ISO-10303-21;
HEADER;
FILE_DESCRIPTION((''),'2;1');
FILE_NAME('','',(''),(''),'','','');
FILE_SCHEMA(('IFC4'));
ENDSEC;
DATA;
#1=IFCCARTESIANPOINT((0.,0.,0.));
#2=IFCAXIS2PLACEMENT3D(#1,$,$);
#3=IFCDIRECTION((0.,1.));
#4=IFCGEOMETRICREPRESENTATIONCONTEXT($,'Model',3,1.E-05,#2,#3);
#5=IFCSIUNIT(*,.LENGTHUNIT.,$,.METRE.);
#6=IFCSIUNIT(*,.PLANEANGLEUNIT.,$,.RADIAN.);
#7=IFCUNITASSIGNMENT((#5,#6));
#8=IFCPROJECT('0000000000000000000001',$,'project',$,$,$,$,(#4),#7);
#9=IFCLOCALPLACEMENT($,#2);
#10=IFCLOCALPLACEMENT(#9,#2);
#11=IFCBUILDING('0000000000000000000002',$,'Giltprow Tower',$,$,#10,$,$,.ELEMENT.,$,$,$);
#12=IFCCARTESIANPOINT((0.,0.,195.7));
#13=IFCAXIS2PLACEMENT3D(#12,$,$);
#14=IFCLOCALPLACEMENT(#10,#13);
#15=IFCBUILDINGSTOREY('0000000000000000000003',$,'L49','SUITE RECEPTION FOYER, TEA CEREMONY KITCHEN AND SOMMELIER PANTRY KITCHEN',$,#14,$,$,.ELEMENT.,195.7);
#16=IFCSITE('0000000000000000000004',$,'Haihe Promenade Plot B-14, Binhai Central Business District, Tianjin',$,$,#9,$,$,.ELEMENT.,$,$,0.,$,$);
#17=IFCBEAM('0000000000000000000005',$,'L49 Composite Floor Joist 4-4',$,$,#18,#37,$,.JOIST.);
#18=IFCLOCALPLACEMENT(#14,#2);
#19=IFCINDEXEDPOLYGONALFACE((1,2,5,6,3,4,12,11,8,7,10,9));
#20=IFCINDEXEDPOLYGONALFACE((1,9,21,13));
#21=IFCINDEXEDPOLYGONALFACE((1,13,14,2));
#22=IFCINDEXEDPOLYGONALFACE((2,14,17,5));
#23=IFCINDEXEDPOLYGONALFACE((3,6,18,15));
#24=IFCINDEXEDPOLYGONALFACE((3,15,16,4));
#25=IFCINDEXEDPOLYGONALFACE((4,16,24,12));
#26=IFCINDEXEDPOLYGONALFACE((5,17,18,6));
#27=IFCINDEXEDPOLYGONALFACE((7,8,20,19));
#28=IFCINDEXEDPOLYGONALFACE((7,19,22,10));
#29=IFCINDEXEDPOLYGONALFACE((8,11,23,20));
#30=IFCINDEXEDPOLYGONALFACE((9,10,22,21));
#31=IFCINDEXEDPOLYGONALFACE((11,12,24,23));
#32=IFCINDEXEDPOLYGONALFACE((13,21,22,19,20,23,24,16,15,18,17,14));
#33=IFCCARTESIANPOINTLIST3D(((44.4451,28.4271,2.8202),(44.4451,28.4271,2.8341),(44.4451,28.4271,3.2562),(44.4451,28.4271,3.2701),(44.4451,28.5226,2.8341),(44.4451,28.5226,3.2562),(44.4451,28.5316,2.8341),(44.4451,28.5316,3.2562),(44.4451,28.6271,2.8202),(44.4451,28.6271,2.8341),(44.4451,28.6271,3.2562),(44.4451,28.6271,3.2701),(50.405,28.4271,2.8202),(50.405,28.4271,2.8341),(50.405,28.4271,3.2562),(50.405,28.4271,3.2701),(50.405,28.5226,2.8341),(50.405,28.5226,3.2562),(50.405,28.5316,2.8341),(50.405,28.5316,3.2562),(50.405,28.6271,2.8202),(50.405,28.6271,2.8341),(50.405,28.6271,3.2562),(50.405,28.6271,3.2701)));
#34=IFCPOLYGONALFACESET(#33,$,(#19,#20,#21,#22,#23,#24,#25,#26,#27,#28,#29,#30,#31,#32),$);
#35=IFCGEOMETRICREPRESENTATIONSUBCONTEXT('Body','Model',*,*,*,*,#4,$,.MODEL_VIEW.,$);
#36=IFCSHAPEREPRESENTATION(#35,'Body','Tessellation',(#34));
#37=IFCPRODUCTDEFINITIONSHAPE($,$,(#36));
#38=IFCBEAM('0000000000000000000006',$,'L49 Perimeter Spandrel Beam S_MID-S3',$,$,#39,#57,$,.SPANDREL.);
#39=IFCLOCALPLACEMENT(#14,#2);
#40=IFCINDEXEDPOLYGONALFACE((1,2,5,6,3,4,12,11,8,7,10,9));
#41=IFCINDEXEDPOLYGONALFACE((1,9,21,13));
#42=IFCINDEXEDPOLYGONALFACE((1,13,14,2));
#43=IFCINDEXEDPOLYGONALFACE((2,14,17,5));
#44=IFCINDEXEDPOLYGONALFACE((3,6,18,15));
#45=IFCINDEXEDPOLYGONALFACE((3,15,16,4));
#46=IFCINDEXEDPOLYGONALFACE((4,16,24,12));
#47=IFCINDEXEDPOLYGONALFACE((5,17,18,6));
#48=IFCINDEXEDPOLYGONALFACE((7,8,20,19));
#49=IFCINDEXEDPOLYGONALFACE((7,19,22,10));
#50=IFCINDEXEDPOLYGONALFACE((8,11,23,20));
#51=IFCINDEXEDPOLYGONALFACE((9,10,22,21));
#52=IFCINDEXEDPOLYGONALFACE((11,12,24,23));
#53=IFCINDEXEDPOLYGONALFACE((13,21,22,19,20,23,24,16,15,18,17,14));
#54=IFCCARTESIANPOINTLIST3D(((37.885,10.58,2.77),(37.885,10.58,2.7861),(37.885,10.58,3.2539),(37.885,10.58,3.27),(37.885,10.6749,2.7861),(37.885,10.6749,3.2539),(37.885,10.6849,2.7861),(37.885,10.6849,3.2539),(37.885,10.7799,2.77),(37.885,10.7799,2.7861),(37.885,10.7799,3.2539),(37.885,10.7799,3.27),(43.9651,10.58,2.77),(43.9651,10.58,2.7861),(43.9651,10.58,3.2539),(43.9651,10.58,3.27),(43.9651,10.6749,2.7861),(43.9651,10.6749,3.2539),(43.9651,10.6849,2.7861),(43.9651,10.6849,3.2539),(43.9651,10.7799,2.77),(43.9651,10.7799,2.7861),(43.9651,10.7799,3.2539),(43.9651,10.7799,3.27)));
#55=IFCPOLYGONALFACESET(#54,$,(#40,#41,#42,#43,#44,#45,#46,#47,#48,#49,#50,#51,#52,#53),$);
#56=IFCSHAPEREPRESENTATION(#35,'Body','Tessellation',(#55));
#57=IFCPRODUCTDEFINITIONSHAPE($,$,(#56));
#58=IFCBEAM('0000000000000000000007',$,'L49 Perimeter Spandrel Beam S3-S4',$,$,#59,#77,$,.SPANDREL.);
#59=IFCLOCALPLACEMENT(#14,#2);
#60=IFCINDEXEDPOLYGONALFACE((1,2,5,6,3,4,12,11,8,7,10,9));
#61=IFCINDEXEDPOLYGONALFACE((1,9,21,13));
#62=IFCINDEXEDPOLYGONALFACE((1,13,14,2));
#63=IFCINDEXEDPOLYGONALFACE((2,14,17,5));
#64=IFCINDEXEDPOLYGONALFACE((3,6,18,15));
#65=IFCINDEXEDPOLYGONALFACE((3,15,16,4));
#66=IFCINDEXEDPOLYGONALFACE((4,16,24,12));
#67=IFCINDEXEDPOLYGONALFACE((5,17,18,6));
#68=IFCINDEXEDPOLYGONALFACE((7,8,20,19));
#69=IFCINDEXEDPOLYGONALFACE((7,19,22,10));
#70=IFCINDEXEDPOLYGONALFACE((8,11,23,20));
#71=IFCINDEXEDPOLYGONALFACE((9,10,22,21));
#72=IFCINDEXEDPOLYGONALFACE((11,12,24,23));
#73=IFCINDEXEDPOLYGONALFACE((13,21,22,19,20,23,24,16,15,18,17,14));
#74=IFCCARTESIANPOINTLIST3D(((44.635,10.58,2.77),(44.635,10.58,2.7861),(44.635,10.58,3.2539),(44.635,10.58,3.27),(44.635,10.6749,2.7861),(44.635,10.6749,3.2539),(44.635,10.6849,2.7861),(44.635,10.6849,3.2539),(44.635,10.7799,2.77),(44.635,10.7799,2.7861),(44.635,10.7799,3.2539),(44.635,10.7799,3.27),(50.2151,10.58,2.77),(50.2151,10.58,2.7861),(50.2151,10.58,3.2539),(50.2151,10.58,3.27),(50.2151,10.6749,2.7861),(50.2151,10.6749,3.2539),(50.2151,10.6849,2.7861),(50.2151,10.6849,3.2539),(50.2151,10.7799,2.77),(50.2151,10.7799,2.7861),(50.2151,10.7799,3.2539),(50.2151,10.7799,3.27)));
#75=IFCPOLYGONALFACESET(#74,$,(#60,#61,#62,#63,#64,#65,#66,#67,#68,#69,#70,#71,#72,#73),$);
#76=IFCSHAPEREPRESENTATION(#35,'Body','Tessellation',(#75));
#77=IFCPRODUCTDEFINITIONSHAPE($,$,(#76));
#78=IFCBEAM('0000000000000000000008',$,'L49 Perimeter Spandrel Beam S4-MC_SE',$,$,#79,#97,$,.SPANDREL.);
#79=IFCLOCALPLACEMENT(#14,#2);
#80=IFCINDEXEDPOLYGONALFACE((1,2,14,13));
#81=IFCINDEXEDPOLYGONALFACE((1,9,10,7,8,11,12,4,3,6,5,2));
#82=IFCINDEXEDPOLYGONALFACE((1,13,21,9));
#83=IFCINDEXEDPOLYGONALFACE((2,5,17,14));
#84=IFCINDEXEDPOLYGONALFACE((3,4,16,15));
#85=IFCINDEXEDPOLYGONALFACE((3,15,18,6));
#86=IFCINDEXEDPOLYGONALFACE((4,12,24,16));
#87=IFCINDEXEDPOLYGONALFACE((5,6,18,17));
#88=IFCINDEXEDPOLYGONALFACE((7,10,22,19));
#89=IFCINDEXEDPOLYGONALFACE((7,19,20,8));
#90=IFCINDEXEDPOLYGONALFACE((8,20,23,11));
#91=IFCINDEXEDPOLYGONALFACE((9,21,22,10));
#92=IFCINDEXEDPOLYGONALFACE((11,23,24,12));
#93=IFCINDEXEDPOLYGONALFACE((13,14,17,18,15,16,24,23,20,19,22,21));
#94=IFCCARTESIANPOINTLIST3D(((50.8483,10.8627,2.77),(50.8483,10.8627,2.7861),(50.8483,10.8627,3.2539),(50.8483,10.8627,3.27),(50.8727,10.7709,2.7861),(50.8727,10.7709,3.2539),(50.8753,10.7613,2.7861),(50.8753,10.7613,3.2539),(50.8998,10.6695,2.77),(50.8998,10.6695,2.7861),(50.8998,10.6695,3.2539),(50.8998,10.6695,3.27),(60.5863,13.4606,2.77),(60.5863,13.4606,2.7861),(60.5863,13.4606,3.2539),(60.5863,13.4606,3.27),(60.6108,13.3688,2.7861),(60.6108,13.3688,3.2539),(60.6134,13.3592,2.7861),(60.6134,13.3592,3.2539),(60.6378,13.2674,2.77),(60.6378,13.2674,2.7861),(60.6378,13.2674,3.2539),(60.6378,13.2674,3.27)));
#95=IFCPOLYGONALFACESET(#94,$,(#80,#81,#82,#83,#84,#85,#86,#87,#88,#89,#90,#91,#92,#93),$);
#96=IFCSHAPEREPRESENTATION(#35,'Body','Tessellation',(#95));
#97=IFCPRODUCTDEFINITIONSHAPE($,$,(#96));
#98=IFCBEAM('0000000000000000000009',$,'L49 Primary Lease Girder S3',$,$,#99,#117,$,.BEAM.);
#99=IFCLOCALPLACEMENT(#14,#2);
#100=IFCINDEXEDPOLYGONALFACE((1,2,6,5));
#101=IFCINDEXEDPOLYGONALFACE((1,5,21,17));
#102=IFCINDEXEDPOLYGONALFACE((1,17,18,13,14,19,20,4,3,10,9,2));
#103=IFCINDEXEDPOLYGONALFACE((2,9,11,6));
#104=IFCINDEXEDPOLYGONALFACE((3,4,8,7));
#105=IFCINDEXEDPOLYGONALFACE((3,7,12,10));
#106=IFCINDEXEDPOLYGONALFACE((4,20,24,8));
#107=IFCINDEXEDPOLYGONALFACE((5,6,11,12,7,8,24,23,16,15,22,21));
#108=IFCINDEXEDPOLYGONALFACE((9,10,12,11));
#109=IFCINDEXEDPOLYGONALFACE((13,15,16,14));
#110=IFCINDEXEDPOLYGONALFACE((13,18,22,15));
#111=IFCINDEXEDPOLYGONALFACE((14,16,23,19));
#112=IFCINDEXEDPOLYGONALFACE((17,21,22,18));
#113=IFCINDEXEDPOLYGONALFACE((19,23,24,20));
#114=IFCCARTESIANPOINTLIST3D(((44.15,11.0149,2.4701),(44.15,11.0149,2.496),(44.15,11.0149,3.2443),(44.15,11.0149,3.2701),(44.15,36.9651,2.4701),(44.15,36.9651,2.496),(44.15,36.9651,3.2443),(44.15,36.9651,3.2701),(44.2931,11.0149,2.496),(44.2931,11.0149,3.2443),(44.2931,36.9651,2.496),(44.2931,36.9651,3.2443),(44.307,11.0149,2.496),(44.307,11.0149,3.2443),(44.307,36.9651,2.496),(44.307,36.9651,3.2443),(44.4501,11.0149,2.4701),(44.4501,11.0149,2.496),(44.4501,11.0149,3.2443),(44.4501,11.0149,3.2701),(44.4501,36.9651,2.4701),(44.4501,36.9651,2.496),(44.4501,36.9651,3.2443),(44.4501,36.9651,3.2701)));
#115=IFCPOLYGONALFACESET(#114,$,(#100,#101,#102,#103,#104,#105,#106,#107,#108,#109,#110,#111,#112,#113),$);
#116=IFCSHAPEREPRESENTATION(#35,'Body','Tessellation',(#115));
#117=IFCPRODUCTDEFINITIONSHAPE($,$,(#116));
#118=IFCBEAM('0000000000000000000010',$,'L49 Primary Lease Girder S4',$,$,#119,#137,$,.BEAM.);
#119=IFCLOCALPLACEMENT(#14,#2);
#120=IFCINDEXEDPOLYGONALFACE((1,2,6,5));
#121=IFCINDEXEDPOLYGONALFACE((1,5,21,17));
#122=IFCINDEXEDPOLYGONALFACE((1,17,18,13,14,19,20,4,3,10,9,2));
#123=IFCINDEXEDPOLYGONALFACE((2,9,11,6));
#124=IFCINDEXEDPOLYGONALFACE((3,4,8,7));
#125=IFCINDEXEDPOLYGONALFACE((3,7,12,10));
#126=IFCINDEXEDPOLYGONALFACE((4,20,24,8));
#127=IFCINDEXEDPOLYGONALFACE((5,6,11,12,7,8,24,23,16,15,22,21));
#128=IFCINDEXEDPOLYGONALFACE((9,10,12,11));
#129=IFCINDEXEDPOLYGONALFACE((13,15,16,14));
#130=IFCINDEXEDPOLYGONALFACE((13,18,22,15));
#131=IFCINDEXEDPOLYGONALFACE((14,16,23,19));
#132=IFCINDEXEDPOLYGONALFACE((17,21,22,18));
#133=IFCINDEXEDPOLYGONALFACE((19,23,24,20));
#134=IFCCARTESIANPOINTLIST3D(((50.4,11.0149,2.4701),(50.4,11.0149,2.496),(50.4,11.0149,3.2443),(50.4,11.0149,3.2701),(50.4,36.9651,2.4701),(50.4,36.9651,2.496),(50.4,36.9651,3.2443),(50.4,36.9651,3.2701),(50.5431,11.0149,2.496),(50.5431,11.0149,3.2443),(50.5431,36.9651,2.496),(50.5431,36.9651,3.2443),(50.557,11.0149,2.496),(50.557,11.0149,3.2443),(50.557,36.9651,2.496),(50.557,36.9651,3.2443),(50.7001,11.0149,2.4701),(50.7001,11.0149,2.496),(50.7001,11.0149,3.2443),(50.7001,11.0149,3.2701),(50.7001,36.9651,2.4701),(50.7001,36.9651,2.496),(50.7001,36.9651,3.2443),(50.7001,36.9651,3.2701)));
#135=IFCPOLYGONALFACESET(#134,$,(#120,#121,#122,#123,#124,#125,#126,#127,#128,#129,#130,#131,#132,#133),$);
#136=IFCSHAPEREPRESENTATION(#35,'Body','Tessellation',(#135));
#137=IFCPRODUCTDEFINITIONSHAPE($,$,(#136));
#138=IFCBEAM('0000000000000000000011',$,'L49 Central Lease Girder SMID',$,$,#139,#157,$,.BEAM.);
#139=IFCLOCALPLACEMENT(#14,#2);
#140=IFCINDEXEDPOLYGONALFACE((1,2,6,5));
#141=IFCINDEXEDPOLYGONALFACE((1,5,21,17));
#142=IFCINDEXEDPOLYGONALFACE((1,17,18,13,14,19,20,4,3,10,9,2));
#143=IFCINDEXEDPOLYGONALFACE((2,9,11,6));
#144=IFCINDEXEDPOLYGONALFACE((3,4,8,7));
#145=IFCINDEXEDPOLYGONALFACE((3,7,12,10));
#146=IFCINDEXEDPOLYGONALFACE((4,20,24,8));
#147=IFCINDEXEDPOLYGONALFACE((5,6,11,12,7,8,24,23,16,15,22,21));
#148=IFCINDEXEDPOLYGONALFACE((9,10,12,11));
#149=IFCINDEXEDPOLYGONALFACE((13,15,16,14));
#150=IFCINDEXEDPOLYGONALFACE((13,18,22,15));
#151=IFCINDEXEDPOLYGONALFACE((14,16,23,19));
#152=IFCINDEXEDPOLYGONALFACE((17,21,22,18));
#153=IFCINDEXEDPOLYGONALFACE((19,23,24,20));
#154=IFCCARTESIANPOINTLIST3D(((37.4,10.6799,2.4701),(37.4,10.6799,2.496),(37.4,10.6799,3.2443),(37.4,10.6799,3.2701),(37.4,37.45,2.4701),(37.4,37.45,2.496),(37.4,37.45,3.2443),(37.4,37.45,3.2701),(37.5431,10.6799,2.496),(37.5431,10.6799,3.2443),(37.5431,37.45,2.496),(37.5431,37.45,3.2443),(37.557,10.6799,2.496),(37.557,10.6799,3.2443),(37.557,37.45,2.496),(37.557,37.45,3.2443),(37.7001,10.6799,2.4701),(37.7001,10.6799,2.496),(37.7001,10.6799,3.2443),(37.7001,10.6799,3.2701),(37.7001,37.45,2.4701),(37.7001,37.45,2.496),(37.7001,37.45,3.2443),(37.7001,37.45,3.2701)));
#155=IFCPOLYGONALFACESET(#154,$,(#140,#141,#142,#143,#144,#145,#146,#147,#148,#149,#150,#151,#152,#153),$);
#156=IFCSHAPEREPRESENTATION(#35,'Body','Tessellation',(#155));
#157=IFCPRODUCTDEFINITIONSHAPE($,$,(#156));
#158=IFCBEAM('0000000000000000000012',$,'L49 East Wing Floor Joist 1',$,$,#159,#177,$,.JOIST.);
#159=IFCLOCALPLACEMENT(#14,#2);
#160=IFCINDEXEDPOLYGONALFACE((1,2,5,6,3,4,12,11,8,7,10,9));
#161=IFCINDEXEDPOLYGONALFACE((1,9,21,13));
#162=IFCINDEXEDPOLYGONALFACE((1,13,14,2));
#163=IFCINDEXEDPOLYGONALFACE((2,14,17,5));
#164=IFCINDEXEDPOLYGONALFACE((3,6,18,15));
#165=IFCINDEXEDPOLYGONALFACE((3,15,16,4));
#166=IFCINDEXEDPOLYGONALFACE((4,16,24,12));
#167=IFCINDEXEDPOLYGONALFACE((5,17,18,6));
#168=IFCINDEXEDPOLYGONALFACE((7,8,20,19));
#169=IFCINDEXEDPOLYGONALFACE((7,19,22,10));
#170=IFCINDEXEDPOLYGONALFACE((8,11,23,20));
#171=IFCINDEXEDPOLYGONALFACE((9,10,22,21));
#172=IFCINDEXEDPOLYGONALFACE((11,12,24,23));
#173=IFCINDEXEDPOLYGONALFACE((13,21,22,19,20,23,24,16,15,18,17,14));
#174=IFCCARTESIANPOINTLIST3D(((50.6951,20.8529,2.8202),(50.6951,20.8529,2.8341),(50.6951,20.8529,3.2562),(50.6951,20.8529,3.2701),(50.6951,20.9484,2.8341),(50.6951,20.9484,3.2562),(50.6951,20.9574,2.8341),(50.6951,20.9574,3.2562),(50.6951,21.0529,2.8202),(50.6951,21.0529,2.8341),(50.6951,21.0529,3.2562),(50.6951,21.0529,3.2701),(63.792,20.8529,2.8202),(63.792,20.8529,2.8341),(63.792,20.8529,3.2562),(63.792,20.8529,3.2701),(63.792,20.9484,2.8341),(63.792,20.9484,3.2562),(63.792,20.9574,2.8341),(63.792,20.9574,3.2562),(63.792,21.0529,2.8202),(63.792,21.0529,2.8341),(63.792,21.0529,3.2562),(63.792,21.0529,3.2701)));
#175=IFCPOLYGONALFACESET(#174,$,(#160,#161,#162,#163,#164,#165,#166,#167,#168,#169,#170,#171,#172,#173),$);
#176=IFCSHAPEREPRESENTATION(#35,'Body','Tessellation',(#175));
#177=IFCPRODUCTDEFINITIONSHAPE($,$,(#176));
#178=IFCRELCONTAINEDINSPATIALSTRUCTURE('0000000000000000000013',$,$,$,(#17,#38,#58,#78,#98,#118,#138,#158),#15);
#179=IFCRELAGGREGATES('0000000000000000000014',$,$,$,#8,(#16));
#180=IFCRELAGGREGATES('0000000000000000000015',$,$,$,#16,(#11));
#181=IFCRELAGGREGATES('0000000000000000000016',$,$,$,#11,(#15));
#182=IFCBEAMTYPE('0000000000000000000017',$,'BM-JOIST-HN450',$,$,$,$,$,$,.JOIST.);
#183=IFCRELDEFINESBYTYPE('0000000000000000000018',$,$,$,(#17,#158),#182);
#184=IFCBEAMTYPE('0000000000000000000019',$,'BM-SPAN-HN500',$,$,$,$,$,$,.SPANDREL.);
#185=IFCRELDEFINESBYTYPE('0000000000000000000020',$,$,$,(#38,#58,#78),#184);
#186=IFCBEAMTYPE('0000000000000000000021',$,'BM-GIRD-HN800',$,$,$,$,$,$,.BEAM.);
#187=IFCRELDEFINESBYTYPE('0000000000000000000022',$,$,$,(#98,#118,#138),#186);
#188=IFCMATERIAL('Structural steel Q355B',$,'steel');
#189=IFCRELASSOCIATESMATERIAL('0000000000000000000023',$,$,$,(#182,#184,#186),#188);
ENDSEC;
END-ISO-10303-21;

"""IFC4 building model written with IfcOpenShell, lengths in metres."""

from ifc_helpers import new_model, si_unit, direction, frame, origin, origin_2d, place, context, subcontext, project, spatial, i_section, extrude, source, transform, mapped, material, material_profile, profile_set, type_object, element, save


model = new_model("IFC4")

# Units and contexts
model_context = context("Model", 3, precision=1e-05, world=origin(), true_north=direction((0.0, 1.0)))
body_context = subcontext(model_context, "Body", "Model", "MODEL_VIEW")
ifc_project = project(units=[si_unit("LENGTHUNIT", "METRE"), si_unit("PLANEANGLEUNIT", "RADIAN")], contexts=[model_context])

# Site, building, storey
site_placement = place(None, origin())
site = spatial("IfcSite", under=ifc_project, at=site_placement, Name="Haihe Promenade Plot B-14, Binhai Central Business District, Tianjin", CompositionType="ELEMENT", RefElevation=0.0)
building_placement = place(site_placement, origin())
building = spatial("IfcBuilding", under=site, at=building_placement, Name="Giltprow Tower", CompositionType="ELEMENT")
storey_placement = place(building_placement, frame((0.0, 0.0, 195.7)))
storey = spatial("IfcBuildingStorey", under=building, at=storey_placement, Name="L49", Description="SUITE RECEPTION FOYER, TEA CEREMONY KITCHEN AND SOMMELIER PANTRY KITCHEN", CompositionType="ELEMENT", Elevation=195.7)

# Beams
ifc_material_1 = material(Name="Structural steel Q355B", Category="steel")
ifc_material_profile_1 = material_profile(ifc_material_1, i_section(OverallWidth=0.2, OverallDepth=0.45, WebThickness=0.009, FlangeThickness=0.0139, at=origin_2d()), Name="HN 450x200x9x14")
ifc_profile_set_1 = profile_set([ifc_material_profile_1], Name="Structural steel Q355B")
beam_type_1 = type_object("IfcBeamType", Name="BM-JOIST-HN450", PredefinedType="JOIST", material=ifc_profile_set_1)
shared_shape_1 = source(origin(), body_context, "Body", "SweptSolid", [
    extrude(i_section(OverallWidth=0.2, OverallDepth=0.45, WebThickness=0.009, FlangeThickness=0.0139, at=origin_2d()), origin(), (0.0, 0.0, 1.0), 5.96),
])
for number, where, z_axis, x_axis, name in (
    (1, (44.4451, 28.5271, 3.0452), (1.0, 0.0, 0.0), (0.0, 1.0, 0.0), "L49 Composite Floor Joist 4-4"),
):
    element("IfcBeam", number, at=place(storey_placement, frame(where, z_axis=z_axis, x_axis=x_axis)), inside=storey, type_object=beam_type_1, Name=name, PredefinedType="JOIST", context=body_context, shape_type="MappedRepresentation", body=[
        mapped(shared_shape_1, transform((0.0, 0.0, 0.0), x_axis=(1.0, 0.0, 0.0), y_axis=(0.0, 1.0, 0.0), z_axis=(0.0, 0.0, 1.0), scale=1.0)),
    ])
ifc_material_profile_2 = material_profile(ifc_material_1, i_section(OverallWidth=0.2, OverallDepth=0.5, WebThickness=0.01, FlangeThickness=0.0161, at=origin_2d()), Name="HN 500x200x10x16")
ifc_profile_set_2 = profile_set([ifc_material_profile_2], Name="Structural steel Q355B")
beam_type_2 = type_object("IfcBeamType", Name="BM-SPAN-HN500", PredefinedType="SPANDREL", material=ifc_profile_set_2)
shared_shape_2 = source(origin(), body_context, "Body", "SweptSolid", [
    extrude(i_section(OverallWidth=0.2, OverallDepth=0.5, WebThickness=0.01, FlangeThickness=0.0161, at=origin_2d()), origin(), (0.0, 0.0, 1.0), 6.0801),
])
beam_1_placement = place(storey_placement, frame((37.885, 10.6799, 3.02), z_axis=(1.0, 0.0, 0.0), x_axis=(0.0, 1.0, 0.0)))
element("IfcBeam", 2, at=beam_1_placement, inside=storey, type_object=beam_type_2, Name="L49 Perimeter Spandrel Beam S_MID-S3", PredefinedType="SPANDREL", context=body_context, shape_type="MappedRepresentation", body=[
    mapped(shared_shape_2, transform((0.0, 0.0, 0.0), x_axis=(1.0, 0.0, 0.0), y_axis=(0.0, 1.0, 0.0), z_axis=(0.0, 0.0, 1.0), scale=1.0)),
])
shared_shape_3 = source(origin(), body_context, "Body", "SweptSolid", [
    extrude(i_section(OverallWidth=0.2, OverallDepth=0.5, WebThickness=0.01, FlangeThickness=0.0161, at=origin_2d()), origin(), (0.0, 0.0, 1.0), 5.5801),
])
beam_2_placement = place(storey_placement, frame((44.635, 10.6799, 3.02), z_axis=(1.0, 0.0, 0.0), x_axis=(0.0, 1.0, 0.0)))
element("IfcBeam", 3, at=beam_2_placement, inside=storey, type_object=beam_type_2, Name="L49 Perimeter Spandrel Beam S3-S4", PredefinedType="SPANDREL", context=body_context, shape_type="MappedRepresentation", body=[
    mapped(shared_shape_3, transform((0.0, 0.0, 0.0), x_axis=(1.0, 0.0, 0.0), y_axis=(0.0, 1.0, 0.0), z_axis=(0.0, 0.0, 1.0), scale=1.0)),
])
shared_shape_4 = source(origin(), body_context, "Body", "SweptSolid", [
    extrude(i_section(OverallWidth=0.2, OverallDepth=0.5, WebThickness=0.01, FlangeThickness=0.0161, at=origin_2d()), origin(), (0.0, 0.0, 1.0), 10.0786),
])
beam_3_placement = place(storey_placement, frame((50.874, 10.7661, 3.02), z_axis=(0.966208, 0.257764, 0.0), x_axis=(-0.257764, 0.966208, 0.0)))
element("IfcBeam", 4, at=beam_3_placement, inside=storey, type_object=beam_type_2, Name="L49 Perimeter Spandrel Beam S4-MC_SE", PredefinedType="SPANDREL", context=body_context, shape_type="MappedRepresentation", body=[
    mapped(shared_shape_4, transform((0.0, 0.0, 0.0), x_axis=(1.0, 0.0, 0.0), y_axis=(0.0, 1.0, 0.0), z_axis=(0.0, 0.0, 1.0), scale=1.0)),
])
ifc_material_profile_3 = material_profile(ifc_material_1, i_section(OverallWidth=0.3, OverallDepth=0.8, WebThickness=0.0139, FlangeThickness=0.0259, at=origin_2d()), Name="HN 800x300x14x26")
ifc_profile_set_3 = profile_set([ifc_material_profile_3], Name="Structural steel Q355B")
beam_type_3 = type_object("IfcBeamType", Name="BM-GIRD-HN800", PredefinedType="BEAM", material=ifc_profile_set_3)
shared_shape_5 = source(origin(), body_context, "Body", "SweptSolid", [
    extrude(i_section(OverallWidth=0.3, OverallDepth=0.8, WebThickness=0.0139, FlangeThickness=0.0259, at=origin_2d()), origin(), (0.0, 0.0, 1.0), 25.9502),
])
for number, where, z_axis, x_axis, name in (
    (5, (44.3, 11.0149, 2.8701), (0.0, 1.0, 0.0), (-1.0, 0.0, 0.0), "L49 Primary Lease Girder S3"),
    (6, (50.55, 11.0149, 2.8701), (0.0, 1.0, 0.0), (-1.0, 0.0, 0.0), "L49 Primary Lease Girder S4"),
):
    element("IfcBeam", number, at=place(storey_placement, frame(where, z_axis=z_axis, x_axis=x_axis)), inside=storey, type_object=beam_type_3, Name=name, PredefinedType="BEAM", context=body_context, shape_type="MappedRepresentation", body=[
        mapped(shared_shape_5, transform((0.0, 0.0, 0.0), x_axis=(1.0, 0.0, 0.0), y_axis=(0.0, 1.0, 0.0), z_axis=(0.0, 0.0, 1.0), scale=1.0)),
    ])
shared_shape_6 = source(origin(), body_context, "Body", "SweptSolid", [
    extrude(i_section(OverallWidth=0.3, OverallDepth=0.8, WebThickness=0.0139, FlangeThickness=0.0259, at=origin_2d()), origin(), (0.0, 0.0, 1.0), 26.77),
])
beam_4_placement = place(storey_placement, frame((37.55, 10.6799, 2.8701), z_axis=(0.0, 1.0, 0.0), x_axis=(-1.0, 0.0, 0.0)))
element("IfcBeam", 7, at=beam_4_placement, inside=storey, type_object=beam_type_3, Name="L49 Central Lease Girder SMID", PredefinedType="BEAM", context=body_context, shape_type="MappedRepresentation", body=[
    mapped(shared_shape_6, transform((0.0, 0.0, 0.0), x_axis=(1.0, 0.0, 0.0), y_axis=(0.0, 1.0, 0.0), z_axis=(0.0, 0.0, 1.0), scale=1.0)),
])
shared_shape_7 = source(origin(), body_context, "Body", "SweptSolid", [
    extrude(i_section(OverallWidth=0.2, OverallDepth=0.45, WebThickness=0.009, FlangeThickness=0.0139, at=origin_2d()), origin(), (0.0, 0.0, 1.0), 13.0969),
])
beam_5_placement = place(storey_placement, frame((50.6951, 20.9529, 3.0452), z_axis=(1.0, 0.0, 0.0), x_axis=(0.0, 1.0, 0.0)))
element("IfcBeam", 8, at=beam_5_placement, inside=storey, type_object=beam_type_1, Name="L49 East Wing Floor Joist 1", PredefinedType="JOIST", context=body_context, shape_type="MappedRepresentation", body=[
    mapped(shared_shape_7, transform((0.0, 0.0, 0.0), x_axis=(1.0, 0.0, 0.0), y_axis=(0.0, 1.0, 0.0), z_axis=(0.0, 0.0, 1.0), scale=1.0)),
])

save(model, "model.ifc")
